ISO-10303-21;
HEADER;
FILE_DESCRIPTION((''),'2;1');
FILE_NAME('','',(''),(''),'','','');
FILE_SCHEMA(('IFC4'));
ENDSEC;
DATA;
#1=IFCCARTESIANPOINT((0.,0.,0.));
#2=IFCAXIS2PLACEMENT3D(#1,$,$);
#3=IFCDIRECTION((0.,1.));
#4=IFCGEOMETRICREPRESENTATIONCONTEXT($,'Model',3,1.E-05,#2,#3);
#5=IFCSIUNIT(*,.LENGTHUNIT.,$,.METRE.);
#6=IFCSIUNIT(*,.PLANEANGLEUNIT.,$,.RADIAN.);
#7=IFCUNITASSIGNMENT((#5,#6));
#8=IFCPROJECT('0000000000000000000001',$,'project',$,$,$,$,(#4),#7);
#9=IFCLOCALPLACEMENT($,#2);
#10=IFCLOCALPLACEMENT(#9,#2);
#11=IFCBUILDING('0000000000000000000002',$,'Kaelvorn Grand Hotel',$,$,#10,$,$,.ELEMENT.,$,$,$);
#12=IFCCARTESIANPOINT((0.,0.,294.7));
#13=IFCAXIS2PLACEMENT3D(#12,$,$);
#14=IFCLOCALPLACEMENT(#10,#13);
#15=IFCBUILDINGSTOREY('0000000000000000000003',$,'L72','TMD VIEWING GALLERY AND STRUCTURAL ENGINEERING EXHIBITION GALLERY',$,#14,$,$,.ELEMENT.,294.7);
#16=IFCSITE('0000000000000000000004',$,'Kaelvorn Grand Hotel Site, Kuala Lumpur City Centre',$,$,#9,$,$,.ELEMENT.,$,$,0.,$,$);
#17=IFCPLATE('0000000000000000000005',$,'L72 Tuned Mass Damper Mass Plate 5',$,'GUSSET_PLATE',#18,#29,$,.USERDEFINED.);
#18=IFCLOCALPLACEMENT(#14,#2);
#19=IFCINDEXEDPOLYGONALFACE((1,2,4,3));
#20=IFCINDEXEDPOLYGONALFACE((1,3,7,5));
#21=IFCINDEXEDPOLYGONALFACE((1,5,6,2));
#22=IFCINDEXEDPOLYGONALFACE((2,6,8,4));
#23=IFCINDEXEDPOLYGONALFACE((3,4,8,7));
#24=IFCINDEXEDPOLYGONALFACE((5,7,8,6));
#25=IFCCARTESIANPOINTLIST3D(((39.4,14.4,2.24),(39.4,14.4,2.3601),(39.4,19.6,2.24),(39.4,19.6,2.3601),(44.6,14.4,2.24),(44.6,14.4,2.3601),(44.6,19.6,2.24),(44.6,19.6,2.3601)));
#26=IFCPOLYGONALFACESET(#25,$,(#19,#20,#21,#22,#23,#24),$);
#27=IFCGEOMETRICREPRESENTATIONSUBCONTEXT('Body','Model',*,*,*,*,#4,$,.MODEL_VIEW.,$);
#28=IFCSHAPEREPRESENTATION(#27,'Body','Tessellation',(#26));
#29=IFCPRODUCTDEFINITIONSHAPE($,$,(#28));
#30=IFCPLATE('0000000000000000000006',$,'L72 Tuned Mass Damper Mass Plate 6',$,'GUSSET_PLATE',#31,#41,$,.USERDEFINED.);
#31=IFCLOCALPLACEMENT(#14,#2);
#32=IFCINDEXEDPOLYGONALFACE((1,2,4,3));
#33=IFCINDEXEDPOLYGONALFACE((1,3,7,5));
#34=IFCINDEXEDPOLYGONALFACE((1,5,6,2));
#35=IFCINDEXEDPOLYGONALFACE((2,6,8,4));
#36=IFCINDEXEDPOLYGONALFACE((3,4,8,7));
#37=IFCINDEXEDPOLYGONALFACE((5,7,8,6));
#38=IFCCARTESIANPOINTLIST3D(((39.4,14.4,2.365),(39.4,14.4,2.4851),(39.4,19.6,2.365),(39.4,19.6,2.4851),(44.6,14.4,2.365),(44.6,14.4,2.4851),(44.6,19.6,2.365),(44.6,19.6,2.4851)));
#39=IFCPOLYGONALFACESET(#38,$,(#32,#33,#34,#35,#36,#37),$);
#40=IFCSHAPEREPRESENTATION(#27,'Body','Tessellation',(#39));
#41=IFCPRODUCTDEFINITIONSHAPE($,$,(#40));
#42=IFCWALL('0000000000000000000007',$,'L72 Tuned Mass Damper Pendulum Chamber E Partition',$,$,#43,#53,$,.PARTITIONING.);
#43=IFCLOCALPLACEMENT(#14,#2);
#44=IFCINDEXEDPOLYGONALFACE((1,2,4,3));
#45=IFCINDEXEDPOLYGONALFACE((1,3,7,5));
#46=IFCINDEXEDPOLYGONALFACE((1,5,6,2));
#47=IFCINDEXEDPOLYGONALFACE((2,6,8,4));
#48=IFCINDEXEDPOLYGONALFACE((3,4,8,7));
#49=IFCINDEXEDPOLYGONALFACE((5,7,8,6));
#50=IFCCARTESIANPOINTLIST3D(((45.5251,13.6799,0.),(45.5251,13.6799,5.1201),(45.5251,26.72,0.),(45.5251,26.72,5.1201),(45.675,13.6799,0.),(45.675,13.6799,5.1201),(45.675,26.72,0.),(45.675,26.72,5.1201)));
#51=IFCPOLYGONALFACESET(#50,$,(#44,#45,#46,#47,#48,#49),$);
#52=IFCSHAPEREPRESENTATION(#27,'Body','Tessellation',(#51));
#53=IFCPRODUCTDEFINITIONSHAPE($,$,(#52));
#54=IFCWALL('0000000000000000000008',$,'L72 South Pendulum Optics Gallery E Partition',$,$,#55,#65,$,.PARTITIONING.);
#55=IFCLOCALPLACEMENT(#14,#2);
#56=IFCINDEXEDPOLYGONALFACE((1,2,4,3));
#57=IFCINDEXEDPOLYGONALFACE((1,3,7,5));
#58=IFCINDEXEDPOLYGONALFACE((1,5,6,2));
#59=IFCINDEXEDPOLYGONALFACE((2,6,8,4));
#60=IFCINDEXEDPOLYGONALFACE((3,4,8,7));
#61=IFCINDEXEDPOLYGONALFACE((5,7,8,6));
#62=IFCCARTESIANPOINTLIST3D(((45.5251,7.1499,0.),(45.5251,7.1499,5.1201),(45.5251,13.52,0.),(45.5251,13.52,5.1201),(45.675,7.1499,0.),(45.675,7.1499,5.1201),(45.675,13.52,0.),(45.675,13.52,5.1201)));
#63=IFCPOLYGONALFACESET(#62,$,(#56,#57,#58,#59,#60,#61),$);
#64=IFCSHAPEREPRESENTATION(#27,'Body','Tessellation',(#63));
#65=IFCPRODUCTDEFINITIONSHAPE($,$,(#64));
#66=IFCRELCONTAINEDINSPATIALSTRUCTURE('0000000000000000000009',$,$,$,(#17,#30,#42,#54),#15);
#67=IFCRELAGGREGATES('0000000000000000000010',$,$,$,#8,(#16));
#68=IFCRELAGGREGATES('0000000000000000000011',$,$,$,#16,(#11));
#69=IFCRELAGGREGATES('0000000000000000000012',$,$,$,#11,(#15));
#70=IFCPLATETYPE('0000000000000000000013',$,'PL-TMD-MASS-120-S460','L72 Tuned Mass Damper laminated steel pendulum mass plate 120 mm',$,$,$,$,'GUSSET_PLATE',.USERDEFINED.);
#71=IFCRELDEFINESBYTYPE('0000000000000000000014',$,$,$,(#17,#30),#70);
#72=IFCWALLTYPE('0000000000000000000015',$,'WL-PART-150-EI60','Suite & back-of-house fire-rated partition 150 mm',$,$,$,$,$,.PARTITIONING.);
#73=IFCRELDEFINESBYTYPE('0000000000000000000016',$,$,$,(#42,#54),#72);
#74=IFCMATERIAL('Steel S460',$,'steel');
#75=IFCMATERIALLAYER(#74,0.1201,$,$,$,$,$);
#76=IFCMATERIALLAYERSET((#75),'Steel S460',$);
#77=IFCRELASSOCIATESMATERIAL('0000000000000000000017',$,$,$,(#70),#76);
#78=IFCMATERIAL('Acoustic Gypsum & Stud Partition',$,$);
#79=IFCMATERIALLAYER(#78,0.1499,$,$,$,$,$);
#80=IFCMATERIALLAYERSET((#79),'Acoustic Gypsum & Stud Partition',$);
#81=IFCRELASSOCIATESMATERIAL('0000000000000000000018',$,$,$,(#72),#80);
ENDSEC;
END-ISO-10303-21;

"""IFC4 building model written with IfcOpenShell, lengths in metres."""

from ifc_helpers import new_model, si_unit, direction, frame, frame_2d, origin, origin_2d, place, context, subcontext, project, spatial, rectangle, extrude, material, layer, layer_set, type_object, element, save


model = new_model("IFC4")

# Units and contexts
model_context = context("Model", 3, precision=1e-05, world=origin(), true_north=direction((0.0, 1.0)))
body_context = subcontext(model_context, "Body", "Model", "MODEL_VIEW")
ifc_project = project(units=[si_unit("LENGTHUNIT", "METRE"), si_unit("PLANEANGLEUNIT", "RADIAN")], contexts=[model_context])

# Site, building, storey
site_placement = place(None, origin())
site = spatial("IfcSite", under=ifc_project, at=site_placement, Name="Kaelvorn Grand Hotel Site, Kuala Lumpur City Centre", CompositionType="ELEMENT", RefElevation=0.0)
building_placement = place(site_placement, origin())
building = spatial("IfcBuilding", under=site, at=building_placement, Name="Kaelvorn Grand Hotel", CompositionType="ELEMENT")
storey_placement = place(building_placement, frame((0.0, 0.0, 294.7)))
storey = spatial("IfcBuildingStorey", under=building, at=storey_placement, Name="L72", Description="TMD VIEWING GALLERY AND STRUCTURAL ENGINEERING EXHIBITION GALLERY", CompositionType="ELEMENT", Elevation=294.7)

# Shared definitions
ifc_material_1 = material(Name="Steel S460", Category="steel")

# Plates
ifc_layer_1 = layer(ifc_material_1, 0.1201)
ifc_layer_set_1 = layer_set([ifc_layer_1], Name="Steel S460")
plate_type_1 = type_object("IfcPlateType", Name="PL-TMD-MASS-120-S460", Description="L72 Tuned Mass Damper laminated steel pendulum mass plate 120 mm", ElementType="GUSSET_PLATE", PredefinedType="USERDEFINED", material=ifc_layer_set_1)
for number, where, z_axis, x_axis, name in (
    (1, (42.0, 17.0, 2.24), (0.0, 0.0, 1.0), (1.0, 0.0, 0.0), "L72 Tuned Mass Damper Mass Plate 5"),
    (2, (42.0, 17.0, 2.365), (0.0, 0.0, 1.0), (1.0, 0.0, 0.0), "L72 Tuned Mass Damper Mass Plate 6"),
):
    element("IfcPlate", number, at=place(storey_placement, frame(where, z_axis=z_axis, x_axis=x_axis)), inside=storey, type_object=plate_type_1, Name=name, ObjectType="GUSSET_PLATE", PredefinedType="USERDEFINED", context=body_context, shape_type="SweptSolid", body=[
        extrude(rectangle(XDim=5.2, YDim=5.2, at=origin_2d()), origin(), (0.0, 0.0, 1.0), 0.1201),
    ])

# Walls
ifc_material_2 = material(Name="Acoustic Gypsum & Stud Partition")
ifc_layer_2 = layer(ifc_material_2, 0.1499)
ifc_layer_set_2 = layer_set([ifc_layer_2], Name="Acoustic Gypsum & Stud Partition")
wall_type = type_object("IfcWallType", Name="WL-PART-150-EI60", Description="Suite & back-of-house fire-rated partition 150 mm", PredefinedType="PARTITIONING", material=ifc_layer_set_2)
wall_1_placement = place(storey_placement, frame((45.6001, 13.6799, 0.0), z_axis=(0.0, 0.0, 1.0), x_axis=(0.0, 1.0, 0.0)))
element("IfcWall", 3, at=wall_1_placement, inside=storey, type_object=wall_type, Name="L72 Tuned Mass Damper Pendulum Chamber E Partition", PredefinedType="PARTITIONING", context=body_context, shape_type="SweptSolid", body=[
    extrude(rectangle(XDim=13.04, YDim=0.1499, at=frame_2d((6.52, 0.0))), origin(), (0.0, 0.0, 1.0), 5.1201),
])
wall_2_placement = place(storey_placement, frame((45.6001, 7.1499, 0.0), z_axis=(0.0, 0.0, 1.0), x_axis=(0.0, 1.0, 0.0)))
element("IfcWall", 4, at=wall_2_placement, inside=storey, type_object=wall_type, Name="L72 South Pendulum Optics Gallery E Partition", PredefinedType="PARTITIONING", context=body_context, shape_type="SweptSolid", body=[
    extrude(rectangle(XDim=6.3701, YDim=0.1499, at=frame_2d((3.1851, 0.0))), origin(), (0.0, 0.0, 1.0), 5.1201),
])

save(model, "model.ifc")
